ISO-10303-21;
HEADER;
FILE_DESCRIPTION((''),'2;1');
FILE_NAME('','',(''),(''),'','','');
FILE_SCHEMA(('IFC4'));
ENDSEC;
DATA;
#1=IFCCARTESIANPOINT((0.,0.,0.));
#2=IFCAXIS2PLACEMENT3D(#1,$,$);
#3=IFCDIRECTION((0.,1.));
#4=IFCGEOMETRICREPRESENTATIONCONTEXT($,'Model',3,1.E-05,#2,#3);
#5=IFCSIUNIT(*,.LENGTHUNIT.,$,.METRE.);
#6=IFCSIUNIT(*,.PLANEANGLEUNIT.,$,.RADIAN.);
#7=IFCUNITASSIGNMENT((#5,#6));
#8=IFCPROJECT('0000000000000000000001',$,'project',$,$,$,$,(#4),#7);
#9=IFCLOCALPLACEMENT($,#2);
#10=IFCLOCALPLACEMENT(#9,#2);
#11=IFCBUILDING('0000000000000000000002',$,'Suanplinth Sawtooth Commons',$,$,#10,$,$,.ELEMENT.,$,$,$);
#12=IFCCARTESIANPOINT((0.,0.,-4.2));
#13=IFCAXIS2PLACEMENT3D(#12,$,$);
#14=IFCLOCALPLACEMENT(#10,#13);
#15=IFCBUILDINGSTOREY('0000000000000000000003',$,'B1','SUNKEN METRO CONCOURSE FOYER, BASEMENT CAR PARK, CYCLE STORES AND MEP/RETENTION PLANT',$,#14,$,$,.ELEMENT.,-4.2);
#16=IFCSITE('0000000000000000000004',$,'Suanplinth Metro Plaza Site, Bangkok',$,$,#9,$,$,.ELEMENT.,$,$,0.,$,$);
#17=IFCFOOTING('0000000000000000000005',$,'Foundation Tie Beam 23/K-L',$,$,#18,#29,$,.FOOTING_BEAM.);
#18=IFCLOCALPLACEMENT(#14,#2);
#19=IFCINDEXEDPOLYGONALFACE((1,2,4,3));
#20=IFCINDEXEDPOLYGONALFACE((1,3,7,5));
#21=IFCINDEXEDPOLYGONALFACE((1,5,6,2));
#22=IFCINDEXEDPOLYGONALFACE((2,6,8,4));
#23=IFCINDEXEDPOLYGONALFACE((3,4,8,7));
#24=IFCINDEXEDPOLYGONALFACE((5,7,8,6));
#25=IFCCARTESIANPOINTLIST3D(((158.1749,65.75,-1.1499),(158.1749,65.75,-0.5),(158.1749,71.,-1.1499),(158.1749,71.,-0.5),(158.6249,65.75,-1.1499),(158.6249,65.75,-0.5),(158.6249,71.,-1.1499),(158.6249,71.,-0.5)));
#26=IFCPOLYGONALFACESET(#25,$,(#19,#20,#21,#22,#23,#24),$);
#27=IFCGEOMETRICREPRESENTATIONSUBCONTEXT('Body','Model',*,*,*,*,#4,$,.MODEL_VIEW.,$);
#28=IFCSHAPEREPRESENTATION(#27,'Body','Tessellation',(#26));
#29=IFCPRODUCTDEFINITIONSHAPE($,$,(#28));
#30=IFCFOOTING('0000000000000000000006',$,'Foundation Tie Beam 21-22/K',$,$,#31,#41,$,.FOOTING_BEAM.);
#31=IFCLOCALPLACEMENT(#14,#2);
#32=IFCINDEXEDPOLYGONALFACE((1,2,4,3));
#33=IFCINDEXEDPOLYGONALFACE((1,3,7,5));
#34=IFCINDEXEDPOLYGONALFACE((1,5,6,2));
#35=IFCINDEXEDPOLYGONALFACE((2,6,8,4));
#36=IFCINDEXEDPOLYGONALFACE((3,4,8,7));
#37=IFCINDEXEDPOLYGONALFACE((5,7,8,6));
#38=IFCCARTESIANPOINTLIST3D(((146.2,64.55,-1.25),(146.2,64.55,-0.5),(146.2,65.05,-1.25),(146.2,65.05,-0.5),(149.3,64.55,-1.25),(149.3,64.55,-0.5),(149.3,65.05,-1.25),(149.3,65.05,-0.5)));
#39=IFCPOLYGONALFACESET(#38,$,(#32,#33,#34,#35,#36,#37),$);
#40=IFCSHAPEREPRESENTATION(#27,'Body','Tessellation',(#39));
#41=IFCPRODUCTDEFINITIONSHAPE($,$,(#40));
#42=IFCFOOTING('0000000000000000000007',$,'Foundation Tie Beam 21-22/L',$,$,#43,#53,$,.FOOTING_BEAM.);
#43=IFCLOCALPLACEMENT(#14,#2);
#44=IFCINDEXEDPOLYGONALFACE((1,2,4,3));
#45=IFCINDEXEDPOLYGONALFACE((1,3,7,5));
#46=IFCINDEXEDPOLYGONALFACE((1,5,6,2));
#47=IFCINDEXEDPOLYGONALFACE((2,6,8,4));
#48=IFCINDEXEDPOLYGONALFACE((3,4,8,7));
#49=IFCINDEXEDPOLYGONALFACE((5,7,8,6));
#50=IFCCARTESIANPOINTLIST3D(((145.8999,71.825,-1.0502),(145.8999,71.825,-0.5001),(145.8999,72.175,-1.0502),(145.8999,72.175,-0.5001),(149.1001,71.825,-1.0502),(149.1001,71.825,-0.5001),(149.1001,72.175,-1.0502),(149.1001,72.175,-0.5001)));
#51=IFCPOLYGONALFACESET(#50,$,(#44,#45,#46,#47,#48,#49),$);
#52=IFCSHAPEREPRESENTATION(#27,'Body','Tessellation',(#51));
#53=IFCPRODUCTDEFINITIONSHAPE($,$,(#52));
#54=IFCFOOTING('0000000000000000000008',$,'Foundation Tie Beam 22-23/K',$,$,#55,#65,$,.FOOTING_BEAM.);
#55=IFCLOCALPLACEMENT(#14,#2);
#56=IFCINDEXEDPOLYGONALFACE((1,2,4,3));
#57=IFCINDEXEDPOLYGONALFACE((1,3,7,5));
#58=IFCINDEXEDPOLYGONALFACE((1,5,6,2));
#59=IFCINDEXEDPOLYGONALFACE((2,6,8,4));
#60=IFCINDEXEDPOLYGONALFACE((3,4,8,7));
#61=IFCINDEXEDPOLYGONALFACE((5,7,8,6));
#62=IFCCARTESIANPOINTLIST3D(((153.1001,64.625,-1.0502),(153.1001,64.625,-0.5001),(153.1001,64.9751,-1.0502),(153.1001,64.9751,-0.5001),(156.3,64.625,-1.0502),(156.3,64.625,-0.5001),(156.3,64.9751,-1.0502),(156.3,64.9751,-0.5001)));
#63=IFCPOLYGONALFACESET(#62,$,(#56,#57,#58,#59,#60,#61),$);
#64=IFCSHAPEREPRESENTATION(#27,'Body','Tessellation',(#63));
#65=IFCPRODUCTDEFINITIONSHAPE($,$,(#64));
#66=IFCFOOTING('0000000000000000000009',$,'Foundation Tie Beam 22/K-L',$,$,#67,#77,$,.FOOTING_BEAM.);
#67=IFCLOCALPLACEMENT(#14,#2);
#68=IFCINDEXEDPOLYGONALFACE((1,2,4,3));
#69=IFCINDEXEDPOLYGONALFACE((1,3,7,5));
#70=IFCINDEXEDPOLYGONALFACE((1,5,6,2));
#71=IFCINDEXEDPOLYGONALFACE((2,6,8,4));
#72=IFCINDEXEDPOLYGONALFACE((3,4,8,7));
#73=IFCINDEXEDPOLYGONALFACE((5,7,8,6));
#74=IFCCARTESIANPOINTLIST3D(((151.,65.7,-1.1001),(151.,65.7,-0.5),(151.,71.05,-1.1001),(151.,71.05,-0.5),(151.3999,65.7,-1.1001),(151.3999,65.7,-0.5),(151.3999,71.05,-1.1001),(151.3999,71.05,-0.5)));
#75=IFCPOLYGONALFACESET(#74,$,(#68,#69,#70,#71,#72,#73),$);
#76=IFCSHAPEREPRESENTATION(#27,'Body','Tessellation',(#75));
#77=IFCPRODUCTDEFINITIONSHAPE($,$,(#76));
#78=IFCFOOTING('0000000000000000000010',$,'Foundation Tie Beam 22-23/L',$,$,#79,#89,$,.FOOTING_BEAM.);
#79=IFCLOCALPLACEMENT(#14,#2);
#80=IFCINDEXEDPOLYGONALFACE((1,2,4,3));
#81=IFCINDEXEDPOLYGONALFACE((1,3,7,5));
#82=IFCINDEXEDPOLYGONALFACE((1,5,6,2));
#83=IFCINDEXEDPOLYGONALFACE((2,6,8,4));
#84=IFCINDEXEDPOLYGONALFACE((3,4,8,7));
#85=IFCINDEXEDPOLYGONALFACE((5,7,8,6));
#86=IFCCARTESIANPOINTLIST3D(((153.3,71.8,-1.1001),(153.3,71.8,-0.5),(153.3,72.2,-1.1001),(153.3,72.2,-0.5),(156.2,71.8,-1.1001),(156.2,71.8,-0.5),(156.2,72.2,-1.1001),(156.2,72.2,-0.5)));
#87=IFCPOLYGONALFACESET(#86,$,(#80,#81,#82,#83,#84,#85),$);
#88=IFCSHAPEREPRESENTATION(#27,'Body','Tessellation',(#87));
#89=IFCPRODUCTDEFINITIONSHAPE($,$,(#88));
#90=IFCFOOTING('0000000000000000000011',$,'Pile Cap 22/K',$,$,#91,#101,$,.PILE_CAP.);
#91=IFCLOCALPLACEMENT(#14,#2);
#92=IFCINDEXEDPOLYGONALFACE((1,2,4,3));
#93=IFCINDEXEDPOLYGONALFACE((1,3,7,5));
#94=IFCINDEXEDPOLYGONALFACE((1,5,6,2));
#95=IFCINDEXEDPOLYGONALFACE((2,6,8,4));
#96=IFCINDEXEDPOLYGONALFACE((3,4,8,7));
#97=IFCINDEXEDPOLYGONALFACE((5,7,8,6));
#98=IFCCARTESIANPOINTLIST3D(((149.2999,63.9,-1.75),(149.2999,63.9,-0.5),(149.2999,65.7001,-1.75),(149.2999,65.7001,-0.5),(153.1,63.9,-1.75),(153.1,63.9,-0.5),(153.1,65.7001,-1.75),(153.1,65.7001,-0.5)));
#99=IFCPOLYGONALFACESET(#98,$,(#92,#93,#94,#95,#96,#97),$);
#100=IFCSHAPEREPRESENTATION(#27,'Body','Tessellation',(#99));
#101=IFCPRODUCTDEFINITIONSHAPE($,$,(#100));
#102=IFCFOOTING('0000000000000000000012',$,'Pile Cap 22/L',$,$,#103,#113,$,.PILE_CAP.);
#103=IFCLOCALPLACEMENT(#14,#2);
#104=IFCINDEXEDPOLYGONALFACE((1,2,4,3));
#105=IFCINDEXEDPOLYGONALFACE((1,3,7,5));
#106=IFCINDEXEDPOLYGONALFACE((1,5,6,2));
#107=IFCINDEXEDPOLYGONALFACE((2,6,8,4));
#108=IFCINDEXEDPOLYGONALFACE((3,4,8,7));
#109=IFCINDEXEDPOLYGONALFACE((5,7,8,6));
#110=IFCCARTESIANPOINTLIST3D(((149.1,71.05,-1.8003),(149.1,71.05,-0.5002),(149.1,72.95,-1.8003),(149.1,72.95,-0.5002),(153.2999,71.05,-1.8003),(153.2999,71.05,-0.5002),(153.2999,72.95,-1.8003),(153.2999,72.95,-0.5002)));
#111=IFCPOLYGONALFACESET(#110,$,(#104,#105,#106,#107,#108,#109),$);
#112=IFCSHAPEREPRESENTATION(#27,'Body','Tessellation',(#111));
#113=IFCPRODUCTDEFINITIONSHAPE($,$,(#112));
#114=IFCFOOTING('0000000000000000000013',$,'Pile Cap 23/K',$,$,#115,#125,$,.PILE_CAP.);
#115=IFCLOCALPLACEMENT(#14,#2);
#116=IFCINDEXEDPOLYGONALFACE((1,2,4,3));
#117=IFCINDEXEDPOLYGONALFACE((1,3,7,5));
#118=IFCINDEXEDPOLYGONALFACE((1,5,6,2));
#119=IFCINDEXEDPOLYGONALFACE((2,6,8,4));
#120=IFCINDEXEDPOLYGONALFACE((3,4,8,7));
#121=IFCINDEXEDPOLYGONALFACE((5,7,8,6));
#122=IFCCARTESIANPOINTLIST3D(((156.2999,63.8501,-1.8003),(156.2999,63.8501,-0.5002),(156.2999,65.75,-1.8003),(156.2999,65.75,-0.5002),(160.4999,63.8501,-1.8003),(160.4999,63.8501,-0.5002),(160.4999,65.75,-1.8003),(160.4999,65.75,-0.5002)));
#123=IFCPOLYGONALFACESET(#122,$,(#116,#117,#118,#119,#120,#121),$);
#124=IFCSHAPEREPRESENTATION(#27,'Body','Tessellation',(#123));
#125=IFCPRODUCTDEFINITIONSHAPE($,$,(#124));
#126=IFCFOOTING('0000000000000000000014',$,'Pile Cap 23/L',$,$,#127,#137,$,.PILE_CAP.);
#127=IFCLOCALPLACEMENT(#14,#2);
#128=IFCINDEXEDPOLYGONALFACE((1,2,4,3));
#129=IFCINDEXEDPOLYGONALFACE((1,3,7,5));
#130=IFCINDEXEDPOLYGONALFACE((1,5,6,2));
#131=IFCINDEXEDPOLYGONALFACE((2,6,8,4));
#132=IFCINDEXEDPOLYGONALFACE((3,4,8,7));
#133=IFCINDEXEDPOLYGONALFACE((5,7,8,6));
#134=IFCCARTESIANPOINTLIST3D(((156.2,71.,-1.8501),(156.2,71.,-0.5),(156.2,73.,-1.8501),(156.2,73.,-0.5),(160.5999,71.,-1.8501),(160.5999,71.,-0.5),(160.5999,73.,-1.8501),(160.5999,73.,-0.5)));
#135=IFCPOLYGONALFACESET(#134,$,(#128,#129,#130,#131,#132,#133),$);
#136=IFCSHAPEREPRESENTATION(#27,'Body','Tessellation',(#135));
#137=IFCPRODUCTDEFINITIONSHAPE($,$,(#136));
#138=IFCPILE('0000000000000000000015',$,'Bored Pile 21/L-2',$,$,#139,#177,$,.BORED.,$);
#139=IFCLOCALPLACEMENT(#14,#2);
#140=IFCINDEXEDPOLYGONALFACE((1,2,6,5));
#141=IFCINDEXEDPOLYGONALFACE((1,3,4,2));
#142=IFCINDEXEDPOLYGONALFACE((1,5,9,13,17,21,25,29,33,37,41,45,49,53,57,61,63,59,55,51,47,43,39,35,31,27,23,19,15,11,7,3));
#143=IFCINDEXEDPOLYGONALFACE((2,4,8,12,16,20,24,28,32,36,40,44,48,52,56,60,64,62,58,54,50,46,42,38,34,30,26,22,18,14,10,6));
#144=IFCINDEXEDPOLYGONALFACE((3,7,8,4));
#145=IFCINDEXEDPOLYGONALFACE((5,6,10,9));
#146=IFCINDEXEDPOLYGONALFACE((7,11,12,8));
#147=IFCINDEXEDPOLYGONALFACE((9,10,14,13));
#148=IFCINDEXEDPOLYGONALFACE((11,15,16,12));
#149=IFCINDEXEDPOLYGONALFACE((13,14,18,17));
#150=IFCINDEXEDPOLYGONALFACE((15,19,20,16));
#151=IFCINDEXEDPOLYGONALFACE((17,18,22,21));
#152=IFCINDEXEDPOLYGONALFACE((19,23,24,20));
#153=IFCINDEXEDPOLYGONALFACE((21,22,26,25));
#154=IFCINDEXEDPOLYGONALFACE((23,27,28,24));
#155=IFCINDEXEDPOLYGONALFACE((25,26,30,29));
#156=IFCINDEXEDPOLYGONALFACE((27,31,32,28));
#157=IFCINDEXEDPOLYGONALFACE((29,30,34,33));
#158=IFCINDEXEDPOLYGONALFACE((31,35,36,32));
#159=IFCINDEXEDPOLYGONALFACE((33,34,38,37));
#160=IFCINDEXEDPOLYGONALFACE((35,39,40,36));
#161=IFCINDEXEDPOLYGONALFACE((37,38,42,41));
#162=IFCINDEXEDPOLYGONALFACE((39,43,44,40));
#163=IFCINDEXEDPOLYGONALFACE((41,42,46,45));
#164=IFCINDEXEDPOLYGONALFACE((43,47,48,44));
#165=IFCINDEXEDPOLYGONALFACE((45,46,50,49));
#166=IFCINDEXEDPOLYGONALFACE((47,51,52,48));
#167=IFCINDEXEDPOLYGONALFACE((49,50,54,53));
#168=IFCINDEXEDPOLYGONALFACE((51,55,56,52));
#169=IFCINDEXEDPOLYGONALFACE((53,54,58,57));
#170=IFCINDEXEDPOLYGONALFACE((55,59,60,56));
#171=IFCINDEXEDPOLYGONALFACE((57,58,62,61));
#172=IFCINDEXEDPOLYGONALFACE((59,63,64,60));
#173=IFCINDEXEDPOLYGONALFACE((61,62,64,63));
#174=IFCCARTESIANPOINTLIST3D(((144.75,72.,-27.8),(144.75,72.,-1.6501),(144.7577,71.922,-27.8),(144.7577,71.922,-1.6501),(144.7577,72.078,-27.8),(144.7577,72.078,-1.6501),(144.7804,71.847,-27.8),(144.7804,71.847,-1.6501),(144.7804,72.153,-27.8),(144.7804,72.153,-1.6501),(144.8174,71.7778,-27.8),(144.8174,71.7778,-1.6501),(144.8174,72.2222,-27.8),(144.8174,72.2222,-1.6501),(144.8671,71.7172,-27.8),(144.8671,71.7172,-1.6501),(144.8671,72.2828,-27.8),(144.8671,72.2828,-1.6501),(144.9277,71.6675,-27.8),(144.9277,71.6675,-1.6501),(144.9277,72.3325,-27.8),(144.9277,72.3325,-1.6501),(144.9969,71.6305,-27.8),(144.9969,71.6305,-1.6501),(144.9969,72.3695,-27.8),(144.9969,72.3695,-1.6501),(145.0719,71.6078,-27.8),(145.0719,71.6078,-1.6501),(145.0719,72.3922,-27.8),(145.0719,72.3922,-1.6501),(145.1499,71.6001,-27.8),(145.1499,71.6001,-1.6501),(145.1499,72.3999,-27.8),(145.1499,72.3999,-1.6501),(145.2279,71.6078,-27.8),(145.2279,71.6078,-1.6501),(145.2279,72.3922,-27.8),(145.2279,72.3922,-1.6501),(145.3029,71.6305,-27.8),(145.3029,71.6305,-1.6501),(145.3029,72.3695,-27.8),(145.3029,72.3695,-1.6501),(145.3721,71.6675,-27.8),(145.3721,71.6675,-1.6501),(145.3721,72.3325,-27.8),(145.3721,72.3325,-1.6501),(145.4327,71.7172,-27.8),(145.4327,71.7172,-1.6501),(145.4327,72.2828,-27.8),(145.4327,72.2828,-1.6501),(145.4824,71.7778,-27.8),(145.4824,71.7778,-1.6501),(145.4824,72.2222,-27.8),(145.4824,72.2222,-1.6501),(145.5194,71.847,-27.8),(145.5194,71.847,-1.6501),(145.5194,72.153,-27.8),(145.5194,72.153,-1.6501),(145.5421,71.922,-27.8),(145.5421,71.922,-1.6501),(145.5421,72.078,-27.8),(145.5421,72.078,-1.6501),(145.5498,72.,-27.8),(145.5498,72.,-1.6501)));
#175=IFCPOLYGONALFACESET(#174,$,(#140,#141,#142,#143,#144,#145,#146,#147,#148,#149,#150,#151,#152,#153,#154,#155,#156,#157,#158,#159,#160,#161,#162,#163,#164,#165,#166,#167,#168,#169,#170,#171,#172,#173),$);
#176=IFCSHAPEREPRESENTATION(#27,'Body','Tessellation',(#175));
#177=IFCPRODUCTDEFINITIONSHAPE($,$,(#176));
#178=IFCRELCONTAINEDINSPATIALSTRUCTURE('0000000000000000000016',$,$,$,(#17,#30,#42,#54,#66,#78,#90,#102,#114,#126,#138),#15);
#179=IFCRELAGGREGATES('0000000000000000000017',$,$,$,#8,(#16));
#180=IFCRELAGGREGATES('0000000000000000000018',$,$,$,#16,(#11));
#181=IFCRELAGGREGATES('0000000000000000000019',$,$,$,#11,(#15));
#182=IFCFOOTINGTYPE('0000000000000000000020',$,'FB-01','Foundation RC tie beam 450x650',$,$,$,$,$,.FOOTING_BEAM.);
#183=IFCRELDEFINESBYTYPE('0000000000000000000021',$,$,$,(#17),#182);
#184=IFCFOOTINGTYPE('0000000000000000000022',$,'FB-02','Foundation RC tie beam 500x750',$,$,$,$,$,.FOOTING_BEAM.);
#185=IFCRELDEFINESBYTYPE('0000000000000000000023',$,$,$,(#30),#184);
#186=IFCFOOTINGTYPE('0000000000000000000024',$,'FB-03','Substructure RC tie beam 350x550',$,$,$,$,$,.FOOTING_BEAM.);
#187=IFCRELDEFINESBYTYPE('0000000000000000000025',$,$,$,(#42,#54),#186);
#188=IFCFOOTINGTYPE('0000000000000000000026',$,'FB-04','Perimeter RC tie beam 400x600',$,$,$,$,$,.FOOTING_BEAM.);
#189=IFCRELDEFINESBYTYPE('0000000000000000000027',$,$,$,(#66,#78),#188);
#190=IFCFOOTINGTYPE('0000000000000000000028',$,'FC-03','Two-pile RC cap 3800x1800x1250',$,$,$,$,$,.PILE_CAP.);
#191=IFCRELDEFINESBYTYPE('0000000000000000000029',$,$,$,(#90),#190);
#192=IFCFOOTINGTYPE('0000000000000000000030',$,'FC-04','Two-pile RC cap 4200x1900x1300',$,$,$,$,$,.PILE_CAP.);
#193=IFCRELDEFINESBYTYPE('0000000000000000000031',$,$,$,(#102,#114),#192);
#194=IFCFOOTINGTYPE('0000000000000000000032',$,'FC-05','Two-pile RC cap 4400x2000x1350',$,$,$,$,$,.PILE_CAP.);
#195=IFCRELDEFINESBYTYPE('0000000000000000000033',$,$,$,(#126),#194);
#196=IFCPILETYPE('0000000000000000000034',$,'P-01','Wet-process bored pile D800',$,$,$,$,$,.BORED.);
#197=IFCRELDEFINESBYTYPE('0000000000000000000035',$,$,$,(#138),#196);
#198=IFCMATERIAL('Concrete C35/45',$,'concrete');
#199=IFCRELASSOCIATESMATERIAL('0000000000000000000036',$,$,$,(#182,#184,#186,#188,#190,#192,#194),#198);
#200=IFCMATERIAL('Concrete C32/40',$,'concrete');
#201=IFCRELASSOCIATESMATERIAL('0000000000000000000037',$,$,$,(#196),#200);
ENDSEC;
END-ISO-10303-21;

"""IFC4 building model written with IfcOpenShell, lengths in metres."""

from ifc_helpers import new_model, si_unit, direction, frame, origin, origin_2d, place, context, subcontext, project, spatial, rectangle, circle, extrude, material, material_profile, profile_set, type_object, element, save


model = new_model("IFC4")

# Units and contexts
model_context = context("Model", 3, precision=1e-05, world=origin(), true_north=direction((0.0, 1.0)))
body_context = subcontext(model_context, "Body", "Model", "MODEL_VIEW")
ifc_project = project(units=[si_unit("LENGTHUNIT", "METRE"), si_unit("PLANEANGLEUNIT", "RADIAN")], contexts=[model_context])

# Site, building, storey
site_placement = place(None, origin())
site = spatial("IfcSite", under=ifc_project, at=site_placement, Name="Suanplinth Metro Plaza Site, Bangkok", CompositionType="ELEMENT", RefElevation=0.0)
building_placement = place(site_placement, origin())
building = spatial("IfcBuilding", under=site, at=building_placement, Name="Suanplinth Sawtooth Commons", CompositionType="ELEMENT")
storey_placement = place(building_placement, frame((0.0, 0.0, -4.2)))
storey = spatial("IfcBuildingStorey", under=building, at=storey_placement, Name="B1", Description="SUNKEN METRO CONCOURSE FOYER, BASEMENT CAR PARK, CYCLE STORES AND MEP/RETENTION PLANT", CompositionType="ELEMENT", Elevation=-4.2)

# Footings
ifc_material_1 = material(Name="Concrete C35/45", Category="concrete")
ifc_material_profile_1 = material_profile(ifc_material_1, rectangle(XDim=0.45, YDim=0.6499, at=origin_2d()), Name="PC-GDR 450x650")
ifc_profile_set_1 = profile_set([ifc_material_profile_1], Name="Concrete C35/45")
footing_type_1 = type_object("IfcFootingType", Name="FB-01", Description="Foundation RC tie beam 450x650", PredefinedType="FOOTING_BEAM", material=ifc_profile_set_1)
footing_1_placement = place(storey_placement, frame((158.3999, 65.75, -0.825), z_axis=(0.0, 1.0, 0.0), x_axis=(-1.0, 0.0, 0.0)))
element("IfcFooting", 1, at=footing_1_placement, inside=storey, type_object=footing_type_1, Name="Foundation Tie Beam 23/K-L", PredefinedType="FOOTING_BEAM", context=body_context, shape_type="SweptSolid", body=[
    extrude(rectangle(XDim=0.45, YDim=0.6499, at=origin_2d()), origin(), (0.0, 0.0, 1.0), 5.25),
])
ifc_material_profile_2 = material_profile(ifc_material_1, rectangle(XDim=0.5, YDim=0.75, at=origin_2d()), Name="RC-GDR 500x750")
ifc_profile_set_2 = profile_set([ifc_material_profile_2], Name="Concrete C35/45")
footing_type_2 = type_object("IfcFootingType", Name="FB-02", Description="Foundation RC tie beam 500x750", PredefinedType="FOOTING_BEAM", material=ifc_profile_set_2)
footing_2_placement = place(storey_placement, frame((146.2, 64.8, -0.875), z_axis=(1.0, 0.0, 0.0), x_axis=(0.0, 1.0, 0.0)))
element("IfcFooting", 2, at=footing_2_placement, inside=storey, type_object=footing_type_2, Name="Foundation Tie Beam 21-22/K", PredefinedType="FOOTING_BEAM", context=body_context, shape_type="SweptSolid", body=[
    extrude(rectangle(XDim=0.5, YDim=0.75, at=origin_2d()), origin(), (0.0, 0.0, 1.0), 3.1001),
])
ifc_material_profile_3 = material_profile(ifc_material_1, rectangle(XDim=0.3501, YDim=0.55, at=origin_2d()), Name="PC-BM 350x550")
ifc_profile_set_3 = profile_set([ifc_material_profile_3], Name="Concrete C35/45")
footing_type_3 = type_object("IfcFootingType", Name="FB-03", Description="Substructure RC tie beam 350x550", PredefinedType="FOOTING_BEAM", material=ifc_profile_set_3)
footing_3_placement = place(storey_placement, frame((145.8999, 72.0, -0.7751), z_axis=(1.0, 0.0, 0.0), x_axis=(0.0, 1.0, 0.0)))
element("IfcFooting", 3, at=footing_3_placement, inside=storey, type_object=footing_type_3, Name="Foundation Tie Beam 21-22/L", PredefinedType="FOOTING_BEAM", context=body_context, shape_type="SweptSolid", body=[
    extrude(rectangle(XDim=0.3501, YDim=0.55, at=origin_2d()), origin(), (0.0, 0.0, 1.0), 3.2002),
])
footing_4_placement = place(storey_placement, frame((153.1001, 64.8, -0.7751), z_axis=(1.0, 0.0, 0.0), x_axis=(0.0, 1.0, 0.0)))
element("IfcFooting", 4, at=footing_4_placement, inside=storey, type_object=footing_type_3, Name="Foundation Tie Beam 22-23/K", PredefinedType="FOOTING_BEAM", context=body_context, shape_type="SweptSolid", body=[
    extrude(rectangle(XDim=0.3501, YDim=0.55, at=origin_2d()), origin(), (0.0, 0.0, 1.0), 3.2),
])
ifc_material_profile_4 = material_profile(ifc_material_1, rectangle(XDim=0.3999, YDim=0.6001, at=origin_2d()), Name="PC-GDR 400x600")
ifc_profile_set_4 = profile_set([ifc_material_profile_4], Name="Concrete C35/45")
footing_type_4 = type_object("IfcFootingType", Name="FB-04", Description="Perimeter RC tie beam 400x600", PredefinedType="FOOTING_BEAM", material=ifc_profile_set_4)
footing_5_placement = place(storey_placement, frame((151.2, 65.7, -0.8), z_axis=(0.0, 1.0, 0.0), x_axis=(-1.0, 0.0, 0.0)))
element("IfcFooting", 5, at=footing_5_placement, inside=storey, type_object=footing_type_4, Name="Foundation Tie Beam 22/K-L", PredefinedType="FOOTING_BEAM", context=body_context, shape_type="SweptSolid", body=[
    extrude(rectangle(XDim=0.3999, YDim=0.6001, at=origin_2d()), origin(), (0.0, 0.0, 1.0), 5.3501),
])
footing_6_placement = place(storey_placement, frame((153.3, 72.0, -0.8), z_axis=(1.0, 0.0, 0.0), x_axis=(0.0, 1.0, 0.0)))
element("IfcFooting", 6, at=footing_6_placement, inside=storey, type_object=footing_type_4, Name="Foundation Tie Beam 22-23/L", PredefinedType="FOOTING_BEAM", context=body_context, shape_type="SweptSolid", body=[
    extrude(rectangle(XDim=0.3999, YDim=0.6001, at=origin_2d()), origin(), (0.0, 0.0, 1.0), 2.8999),
])
footing_type_5 = type_object("IfcFootingType", Name="FC-03", Description="Two-pile RC cap 3800x1800x1250", PredefinedType="PILE_CAP", material=ifc_material_1)
footing_7_placement = place(storey_placement, frame((151.2, 64.8, -1.75), z_axis=(0.0, 0.0, 1.0), x_axis=(1.0, 0.0, 0.0)))
element("IfcFooting", 7, at=footing_7_placement, inside=storey, type_object=footing_type_5, Name="Pile Cap 22/K", PredefinedType="PILE_CAP", context=body_context, shape_type="SweptSolid", body=[
    extrude(rectangle(XDim=3.8, YDim=1.8, at=origin_2d()), origin(), (0.0, 0.0, 1.0), 1.25),
])
footing_type_6 = type_object("IfcFootingType", Name="FC-04", Description="Two-pile RC cap 4200x1900x1300", PredefinedType="PILE_CAP", material=ifc_material_1)
for number, where, z_axis, x_axis, name in (
    (8, (151.2, 72.0, -1.8003), (0.0, 0.0, 1.0), (1.0, 0.0, 0.0), "Pile Cap 22/L"),
    (9, (158.3999, 64.8, -1.8003), (0.0, 0.0, 1.0), (1.0, 0.0, 0.0), "Pile Cap 23/K"),
):
    element("IfcFooting", number, at=place(storey_placement, frame(where, z_axis=z_axis, x_axis=x_axis)), inside=storey, type_object=footing_type_6, Name=name, PredefinedType="PILE_CAP", context=body_context, shape_type="SweptSolid", body=[
        extrude(rectangle(XDim=4.2, YDim=1.8999, at=origin_2d()), origin(), (0.0, 0.0, 1.0), 1.3),
    ])
footing_type_7 = type_object("IfcFootingType", Name="FC-05", Description="Two-pile RC cap 4400x2000x1350", PredefinedType="PILE_CAP", material=ifc_material_1)
footing_8_placement = place(storey_placement, frame((158.3999, 72.0, -1.8501), z_axis=(0.0, 0.0, 1.0), x_axis=(1.0, 0.0, 0.0)))
element("IfcFooting", 10, at=footing_8_placement, inside=storey, type_object=footing_type_7, Name="Pile Cap 23/L", PredefinedType="PILE_CAP", context=body_context, shape_type="SweptSolid", body=[
    extrude(rectangle(XDim=4.3999, YDim=2.0, at=origin_2d()), origin(), (0.0, 0.0, 1.0), 1.3501),
])

# Pile
ifc_material_2 = material(Name="Concrete C32/40", Category="concrete")
ifc_material_profile_5 = material_profile(ifc_material_2, circle(Radius=0.3999, at=origin_2d()), Name="PILE D800")
ifc_profile_set_5 = profile_set([ifc_material_profile_5], Name="Concrete C32/40")
pile_type_1 = type_object("IfcPileType", Name="P-01", Description="Wet-process bored pile D800", PredefinedType="BORED", material=ifc_profile_set_5)
for number, where, z_axis, x_axis, name in (
    (11, (145.1499, 72.0, -1.6501), (0.0, 0.0, -1.0), (1.0, 0.0, 0.0), "Bored Pile 21/L-2"),
):
    element("IfcPile", number, at=place(storey_placement, frame(where, z_axis=z_axis, x_axis=x_axis)), inside=storey, type_object=pile_type_1, Name=name, PredefinedType="BORED", context=body_context, shape_type="SweptSolid", body=[
        extrude(circle(Radius=0.3999, at=origin_2d()), origin(), (0.0, 0.0, 1.0), 26.1499),
    ])

save(model, "model.ifc")
